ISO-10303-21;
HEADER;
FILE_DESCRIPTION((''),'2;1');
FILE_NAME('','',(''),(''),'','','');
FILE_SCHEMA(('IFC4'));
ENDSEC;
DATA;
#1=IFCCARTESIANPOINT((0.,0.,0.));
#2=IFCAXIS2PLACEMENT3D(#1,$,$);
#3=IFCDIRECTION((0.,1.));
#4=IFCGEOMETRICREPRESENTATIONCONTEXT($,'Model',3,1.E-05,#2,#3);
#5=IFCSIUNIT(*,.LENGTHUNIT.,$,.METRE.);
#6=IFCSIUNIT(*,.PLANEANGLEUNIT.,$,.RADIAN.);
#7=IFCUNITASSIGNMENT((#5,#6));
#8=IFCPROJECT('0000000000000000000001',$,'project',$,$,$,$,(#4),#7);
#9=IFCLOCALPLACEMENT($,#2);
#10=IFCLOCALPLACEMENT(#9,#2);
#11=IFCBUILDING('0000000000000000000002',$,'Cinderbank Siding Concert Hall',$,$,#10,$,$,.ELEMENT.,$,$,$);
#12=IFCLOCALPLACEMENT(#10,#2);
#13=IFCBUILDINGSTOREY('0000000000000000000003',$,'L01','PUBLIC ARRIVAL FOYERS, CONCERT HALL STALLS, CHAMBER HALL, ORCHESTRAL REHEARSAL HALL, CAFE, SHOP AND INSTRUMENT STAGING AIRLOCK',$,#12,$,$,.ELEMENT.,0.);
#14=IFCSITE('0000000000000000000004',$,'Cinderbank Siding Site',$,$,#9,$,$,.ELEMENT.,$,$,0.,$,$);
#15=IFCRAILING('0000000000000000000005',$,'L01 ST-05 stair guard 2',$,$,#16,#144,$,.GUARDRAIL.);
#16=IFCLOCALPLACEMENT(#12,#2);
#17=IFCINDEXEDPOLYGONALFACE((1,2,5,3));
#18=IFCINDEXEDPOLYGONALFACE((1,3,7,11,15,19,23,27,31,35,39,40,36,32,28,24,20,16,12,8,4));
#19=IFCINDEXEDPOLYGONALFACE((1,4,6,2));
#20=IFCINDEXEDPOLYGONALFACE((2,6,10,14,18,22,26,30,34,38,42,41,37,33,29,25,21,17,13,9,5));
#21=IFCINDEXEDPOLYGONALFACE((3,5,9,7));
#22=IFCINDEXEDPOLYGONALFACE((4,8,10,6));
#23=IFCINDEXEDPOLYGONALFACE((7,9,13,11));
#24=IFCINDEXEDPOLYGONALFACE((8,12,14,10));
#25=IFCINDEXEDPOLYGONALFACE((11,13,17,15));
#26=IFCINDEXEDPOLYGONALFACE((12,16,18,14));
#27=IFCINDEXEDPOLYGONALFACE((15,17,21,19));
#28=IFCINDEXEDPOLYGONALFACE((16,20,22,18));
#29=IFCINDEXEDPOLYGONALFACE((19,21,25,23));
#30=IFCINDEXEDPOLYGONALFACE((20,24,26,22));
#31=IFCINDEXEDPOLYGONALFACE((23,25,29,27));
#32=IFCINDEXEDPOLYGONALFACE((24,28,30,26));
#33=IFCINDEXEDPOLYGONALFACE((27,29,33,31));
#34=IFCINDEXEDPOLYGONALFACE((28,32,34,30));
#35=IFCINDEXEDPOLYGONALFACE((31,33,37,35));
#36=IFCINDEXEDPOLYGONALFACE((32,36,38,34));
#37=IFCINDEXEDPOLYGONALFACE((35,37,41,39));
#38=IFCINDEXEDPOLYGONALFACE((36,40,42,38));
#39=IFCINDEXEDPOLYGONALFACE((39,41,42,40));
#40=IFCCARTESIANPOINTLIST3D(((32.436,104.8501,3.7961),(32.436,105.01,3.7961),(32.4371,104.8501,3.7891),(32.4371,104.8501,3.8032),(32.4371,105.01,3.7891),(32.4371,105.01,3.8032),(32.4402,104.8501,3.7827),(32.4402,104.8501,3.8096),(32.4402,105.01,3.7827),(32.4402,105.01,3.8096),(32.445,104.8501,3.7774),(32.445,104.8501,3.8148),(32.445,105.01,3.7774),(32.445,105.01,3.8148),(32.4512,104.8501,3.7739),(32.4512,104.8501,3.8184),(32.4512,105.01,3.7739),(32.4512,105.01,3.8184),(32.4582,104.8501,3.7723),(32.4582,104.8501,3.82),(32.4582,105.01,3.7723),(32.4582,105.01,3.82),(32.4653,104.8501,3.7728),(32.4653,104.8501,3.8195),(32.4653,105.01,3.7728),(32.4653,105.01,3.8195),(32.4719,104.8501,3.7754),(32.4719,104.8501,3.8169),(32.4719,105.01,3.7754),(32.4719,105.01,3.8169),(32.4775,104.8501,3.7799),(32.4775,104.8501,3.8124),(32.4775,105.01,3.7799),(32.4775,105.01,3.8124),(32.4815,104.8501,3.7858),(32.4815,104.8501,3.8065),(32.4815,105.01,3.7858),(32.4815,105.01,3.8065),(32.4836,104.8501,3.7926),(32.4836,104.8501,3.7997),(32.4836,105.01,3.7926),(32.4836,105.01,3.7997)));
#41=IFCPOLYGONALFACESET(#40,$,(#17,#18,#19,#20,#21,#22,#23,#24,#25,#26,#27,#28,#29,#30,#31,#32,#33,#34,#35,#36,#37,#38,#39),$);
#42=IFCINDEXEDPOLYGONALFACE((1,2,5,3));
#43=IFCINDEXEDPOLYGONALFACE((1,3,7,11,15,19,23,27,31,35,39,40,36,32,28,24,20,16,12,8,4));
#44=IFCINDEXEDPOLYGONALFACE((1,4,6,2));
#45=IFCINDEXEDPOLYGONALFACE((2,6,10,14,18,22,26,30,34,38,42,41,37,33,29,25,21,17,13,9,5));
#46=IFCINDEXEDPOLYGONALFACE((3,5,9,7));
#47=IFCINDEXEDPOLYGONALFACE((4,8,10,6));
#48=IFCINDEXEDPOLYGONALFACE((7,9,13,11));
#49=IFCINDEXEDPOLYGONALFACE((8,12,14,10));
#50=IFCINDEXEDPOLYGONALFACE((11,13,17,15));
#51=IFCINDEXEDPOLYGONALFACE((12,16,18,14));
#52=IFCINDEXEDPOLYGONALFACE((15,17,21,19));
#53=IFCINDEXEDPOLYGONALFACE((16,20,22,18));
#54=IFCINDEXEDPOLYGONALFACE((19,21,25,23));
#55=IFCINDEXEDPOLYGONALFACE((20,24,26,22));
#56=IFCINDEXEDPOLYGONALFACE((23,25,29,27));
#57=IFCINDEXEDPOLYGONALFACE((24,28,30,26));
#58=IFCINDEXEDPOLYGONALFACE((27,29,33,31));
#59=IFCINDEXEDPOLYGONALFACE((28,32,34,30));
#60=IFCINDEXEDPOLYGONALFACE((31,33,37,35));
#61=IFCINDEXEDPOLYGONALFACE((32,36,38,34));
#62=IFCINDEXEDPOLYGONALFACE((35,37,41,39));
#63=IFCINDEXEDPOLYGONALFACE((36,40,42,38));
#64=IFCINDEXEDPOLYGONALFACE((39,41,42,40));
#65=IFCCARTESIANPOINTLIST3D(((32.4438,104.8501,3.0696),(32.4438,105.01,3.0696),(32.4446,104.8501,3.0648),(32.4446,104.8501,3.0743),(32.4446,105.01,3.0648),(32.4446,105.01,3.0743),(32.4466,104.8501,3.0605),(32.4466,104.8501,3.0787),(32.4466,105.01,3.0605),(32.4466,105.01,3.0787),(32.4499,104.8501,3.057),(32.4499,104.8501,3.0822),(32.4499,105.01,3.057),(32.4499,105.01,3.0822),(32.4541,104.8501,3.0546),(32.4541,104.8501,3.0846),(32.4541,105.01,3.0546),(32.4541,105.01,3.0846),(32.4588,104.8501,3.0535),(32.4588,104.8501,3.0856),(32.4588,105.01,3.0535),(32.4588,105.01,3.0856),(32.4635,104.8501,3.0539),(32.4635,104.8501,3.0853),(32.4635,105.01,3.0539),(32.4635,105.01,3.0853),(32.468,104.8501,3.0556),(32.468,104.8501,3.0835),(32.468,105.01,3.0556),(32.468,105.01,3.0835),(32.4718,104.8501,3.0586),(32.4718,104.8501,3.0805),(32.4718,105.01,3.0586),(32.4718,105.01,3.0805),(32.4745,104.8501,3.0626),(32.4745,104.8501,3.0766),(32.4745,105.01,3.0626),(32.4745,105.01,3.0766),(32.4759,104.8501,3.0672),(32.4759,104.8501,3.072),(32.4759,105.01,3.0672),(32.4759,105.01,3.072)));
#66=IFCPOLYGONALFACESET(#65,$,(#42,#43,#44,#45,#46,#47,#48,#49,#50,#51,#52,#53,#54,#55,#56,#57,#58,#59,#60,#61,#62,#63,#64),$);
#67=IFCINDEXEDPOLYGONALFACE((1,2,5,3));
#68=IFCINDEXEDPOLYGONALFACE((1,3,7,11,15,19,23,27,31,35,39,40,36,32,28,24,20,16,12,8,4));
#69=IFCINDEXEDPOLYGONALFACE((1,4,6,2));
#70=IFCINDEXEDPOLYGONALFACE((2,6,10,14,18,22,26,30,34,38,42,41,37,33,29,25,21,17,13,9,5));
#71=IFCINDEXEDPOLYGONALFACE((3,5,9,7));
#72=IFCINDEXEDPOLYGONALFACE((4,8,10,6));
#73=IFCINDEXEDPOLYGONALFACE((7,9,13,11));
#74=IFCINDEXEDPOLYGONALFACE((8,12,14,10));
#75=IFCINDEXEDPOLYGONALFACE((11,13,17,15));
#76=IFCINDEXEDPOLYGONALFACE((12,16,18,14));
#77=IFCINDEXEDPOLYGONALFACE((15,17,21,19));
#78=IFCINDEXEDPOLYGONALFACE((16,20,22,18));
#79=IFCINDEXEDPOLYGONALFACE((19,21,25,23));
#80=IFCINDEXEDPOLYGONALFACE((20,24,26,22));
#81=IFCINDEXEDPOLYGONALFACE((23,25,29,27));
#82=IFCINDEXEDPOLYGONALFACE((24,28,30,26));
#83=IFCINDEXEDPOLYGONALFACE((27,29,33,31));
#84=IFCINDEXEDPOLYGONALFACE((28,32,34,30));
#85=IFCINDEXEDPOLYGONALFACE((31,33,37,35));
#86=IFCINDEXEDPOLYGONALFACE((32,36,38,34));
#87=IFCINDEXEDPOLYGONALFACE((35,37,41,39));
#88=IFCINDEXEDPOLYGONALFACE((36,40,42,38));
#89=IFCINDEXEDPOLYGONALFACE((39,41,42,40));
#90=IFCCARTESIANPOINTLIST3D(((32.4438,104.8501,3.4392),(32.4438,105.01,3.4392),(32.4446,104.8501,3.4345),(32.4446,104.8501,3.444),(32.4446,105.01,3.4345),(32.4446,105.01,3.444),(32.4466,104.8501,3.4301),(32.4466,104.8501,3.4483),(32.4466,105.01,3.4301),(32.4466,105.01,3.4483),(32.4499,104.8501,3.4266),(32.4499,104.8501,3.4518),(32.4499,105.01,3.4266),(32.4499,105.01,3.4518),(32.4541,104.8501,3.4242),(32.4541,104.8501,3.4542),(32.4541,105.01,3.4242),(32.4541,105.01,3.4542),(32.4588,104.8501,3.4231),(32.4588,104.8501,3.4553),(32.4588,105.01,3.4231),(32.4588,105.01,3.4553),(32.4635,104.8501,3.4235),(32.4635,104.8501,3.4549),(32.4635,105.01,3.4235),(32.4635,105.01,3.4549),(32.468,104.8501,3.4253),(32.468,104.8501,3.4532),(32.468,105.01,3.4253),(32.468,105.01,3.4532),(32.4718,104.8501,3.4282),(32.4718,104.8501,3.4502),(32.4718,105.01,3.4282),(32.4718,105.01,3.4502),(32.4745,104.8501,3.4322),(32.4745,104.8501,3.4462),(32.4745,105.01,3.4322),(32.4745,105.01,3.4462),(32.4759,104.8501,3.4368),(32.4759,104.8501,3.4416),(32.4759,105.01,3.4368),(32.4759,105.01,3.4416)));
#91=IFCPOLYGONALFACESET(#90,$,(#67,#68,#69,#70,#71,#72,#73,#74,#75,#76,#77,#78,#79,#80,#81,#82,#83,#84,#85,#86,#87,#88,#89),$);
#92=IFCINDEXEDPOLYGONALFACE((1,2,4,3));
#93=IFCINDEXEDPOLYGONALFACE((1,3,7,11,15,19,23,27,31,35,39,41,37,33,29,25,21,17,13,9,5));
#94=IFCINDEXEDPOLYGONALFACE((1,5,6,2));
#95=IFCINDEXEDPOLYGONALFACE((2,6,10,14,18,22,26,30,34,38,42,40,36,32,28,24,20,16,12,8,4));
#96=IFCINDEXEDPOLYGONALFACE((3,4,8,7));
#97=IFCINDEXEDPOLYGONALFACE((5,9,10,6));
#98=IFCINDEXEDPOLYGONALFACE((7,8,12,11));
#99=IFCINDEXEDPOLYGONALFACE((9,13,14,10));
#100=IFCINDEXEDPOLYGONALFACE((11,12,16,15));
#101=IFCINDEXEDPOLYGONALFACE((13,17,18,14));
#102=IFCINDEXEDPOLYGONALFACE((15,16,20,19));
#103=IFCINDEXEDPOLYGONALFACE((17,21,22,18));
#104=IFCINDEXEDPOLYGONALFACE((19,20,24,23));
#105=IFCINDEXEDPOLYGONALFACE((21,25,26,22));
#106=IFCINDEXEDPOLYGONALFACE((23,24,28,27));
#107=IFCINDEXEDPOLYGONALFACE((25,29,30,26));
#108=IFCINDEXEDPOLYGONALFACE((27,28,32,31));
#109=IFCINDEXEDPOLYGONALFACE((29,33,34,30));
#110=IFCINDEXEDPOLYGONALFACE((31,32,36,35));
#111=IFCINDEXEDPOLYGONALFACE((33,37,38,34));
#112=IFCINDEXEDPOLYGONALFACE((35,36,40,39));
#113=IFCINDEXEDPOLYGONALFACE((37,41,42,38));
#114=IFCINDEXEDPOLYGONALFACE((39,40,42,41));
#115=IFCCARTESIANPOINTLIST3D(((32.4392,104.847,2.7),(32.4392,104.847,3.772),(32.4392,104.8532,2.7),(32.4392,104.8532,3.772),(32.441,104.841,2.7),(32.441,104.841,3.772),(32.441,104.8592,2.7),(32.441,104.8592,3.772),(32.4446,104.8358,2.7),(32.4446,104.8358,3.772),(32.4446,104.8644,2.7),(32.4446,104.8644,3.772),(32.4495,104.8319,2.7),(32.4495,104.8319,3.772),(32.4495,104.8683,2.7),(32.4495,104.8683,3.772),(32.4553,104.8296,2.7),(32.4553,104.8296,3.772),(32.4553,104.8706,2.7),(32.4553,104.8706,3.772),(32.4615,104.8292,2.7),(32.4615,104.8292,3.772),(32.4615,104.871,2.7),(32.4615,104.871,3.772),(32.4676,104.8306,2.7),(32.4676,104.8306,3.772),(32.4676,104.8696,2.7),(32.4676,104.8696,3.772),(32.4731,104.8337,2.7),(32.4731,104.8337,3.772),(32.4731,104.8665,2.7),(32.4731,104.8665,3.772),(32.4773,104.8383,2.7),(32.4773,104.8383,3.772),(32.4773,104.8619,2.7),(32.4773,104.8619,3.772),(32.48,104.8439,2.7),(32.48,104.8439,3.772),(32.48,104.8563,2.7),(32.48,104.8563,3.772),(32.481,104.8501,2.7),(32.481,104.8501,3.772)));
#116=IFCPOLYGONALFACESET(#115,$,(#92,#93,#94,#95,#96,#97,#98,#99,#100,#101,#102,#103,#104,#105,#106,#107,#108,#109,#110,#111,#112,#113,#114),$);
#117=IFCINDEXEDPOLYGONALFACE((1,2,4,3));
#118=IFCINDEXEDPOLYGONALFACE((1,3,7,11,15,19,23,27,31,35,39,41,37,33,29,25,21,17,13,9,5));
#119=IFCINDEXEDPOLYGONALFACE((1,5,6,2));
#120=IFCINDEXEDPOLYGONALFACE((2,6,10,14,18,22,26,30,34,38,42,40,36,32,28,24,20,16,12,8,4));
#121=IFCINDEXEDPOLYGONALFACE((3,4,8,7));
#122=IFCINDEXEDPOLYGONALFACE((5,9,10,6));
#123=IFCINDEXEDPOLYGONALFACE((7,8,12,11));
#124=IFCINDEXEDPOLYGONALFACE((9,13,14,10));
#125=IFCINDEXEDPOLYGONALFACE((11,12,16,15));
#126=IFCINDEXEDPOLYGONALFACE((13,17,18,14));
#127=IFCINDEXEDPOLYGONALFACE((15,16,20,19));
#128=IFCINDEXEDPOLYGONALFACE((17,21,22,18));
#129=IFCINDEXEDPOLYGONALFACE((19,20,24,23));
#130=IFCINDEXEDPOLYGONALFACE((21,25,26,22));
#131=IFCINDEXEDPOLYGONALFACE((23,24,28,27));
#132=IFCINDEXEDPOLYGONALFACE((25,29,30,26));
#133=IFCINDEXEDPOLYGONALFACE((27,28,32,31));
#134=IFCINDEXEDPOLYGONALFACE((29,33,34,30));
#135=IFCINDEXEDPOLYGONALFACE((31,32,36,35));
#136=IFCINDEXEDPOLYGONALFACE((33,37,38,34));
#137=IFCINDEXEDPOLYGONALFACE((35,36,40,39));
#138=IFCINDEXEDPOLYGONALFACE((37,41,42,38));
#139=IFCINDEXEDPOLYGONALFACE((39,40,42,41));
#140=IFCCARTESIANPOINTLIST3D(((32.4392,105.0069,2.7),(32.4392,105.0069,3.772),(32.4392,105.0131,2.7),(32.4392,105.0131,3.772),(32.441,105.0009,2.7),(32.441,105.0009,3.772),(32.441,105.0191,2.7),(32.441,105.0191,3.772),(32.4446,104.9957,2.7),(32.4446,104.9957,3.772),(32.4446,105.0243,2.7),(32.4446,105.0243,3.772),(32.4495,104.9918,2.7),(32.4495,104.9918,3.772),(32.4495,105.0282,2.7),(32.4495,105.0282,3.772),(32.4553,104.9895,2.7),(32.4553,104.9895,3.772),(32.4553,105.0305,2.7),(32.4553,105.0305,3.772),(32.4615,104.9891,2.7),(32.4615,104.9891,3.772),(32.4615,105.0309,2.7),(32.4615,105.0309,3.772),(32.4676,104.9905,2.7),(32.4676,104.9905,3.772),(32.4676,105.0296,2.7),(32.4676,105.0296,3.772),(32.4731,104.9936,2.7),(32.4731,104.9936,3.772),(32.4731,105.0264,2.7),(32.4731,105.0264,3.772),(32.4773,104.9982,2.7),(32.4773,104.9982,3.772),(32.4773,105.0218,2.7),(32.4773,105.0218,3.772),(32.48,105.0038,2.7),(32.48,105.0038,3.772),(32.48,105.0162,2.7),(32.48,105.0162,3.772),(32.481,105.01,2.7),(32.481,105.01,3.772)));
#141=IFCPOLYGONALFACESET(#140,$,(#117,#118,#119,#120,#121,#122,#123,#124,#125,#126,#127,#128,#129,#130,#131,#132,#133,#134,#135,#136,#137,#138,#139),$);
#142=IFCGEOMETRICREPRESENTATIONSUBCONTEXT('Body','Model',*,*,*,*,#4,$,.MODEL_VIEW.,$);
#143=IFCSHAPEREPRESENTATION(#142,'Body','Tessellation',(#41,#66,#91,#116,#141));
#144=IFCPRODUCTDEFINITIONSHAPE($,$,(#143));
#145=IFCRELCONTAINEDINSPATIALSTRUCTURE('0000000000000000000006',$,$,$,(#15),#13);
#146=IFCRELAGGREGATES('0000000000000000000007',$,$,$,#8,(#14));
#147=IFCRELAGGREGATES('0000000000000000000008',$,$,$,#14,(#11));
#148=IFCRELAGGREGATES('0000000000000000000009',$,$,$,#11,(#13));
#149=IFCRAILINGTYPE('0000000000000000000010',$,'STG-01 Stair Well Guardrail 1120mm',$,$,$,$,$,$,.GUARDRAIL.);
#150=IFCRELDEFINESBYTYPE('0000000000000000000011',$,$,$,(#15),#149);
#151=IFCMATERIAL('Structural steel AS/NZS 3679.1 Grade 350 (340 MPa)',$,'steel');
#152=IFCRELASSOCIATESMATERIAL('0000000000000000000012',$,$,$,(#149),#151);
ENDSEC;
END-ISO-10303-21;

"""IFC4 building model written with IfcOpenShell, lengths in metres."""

from ifc_helpers import new_model, si_unit, direction, frame, origin, origin_2d, place, context, subcontext, project, spatial, circle, extrude, material, type_object, element, save


model = new_model("IFC4")

# Units and contexts
model_context = context("Model", 3, precision=1e-05, world=origin(), true_north=direction((0.0, 1.0)))
body_context = subcontext(model_context, "Body", "Model", "MODEL_VIEW")
ifc_project = project(units=[si_unit("LENGTHUNIT", "METRE"), si_unit("PLANEANGLEUNIT", "RADIAN")], contexts=[model_context])

# Site, building, storey
site_placement = place(None, origin())
site = spatial("IfcSite", under=ifc_project, at=site_placement, Name="Cinderbank Siding Site", CompositionType="ELEMENT", RefElevation=0.0)
building_placement = place(site_placement, origin())
building = spatial("IfcBuilding", under=site, at=building_placement, Name="Cinderbank Siding Concert Hall", CompositionType="ELEMENT")
storey_placement = place(building_placement, origin())
storey = spatial("IfcBuildingStorey", under=building, at=storey_placement, Name="L01", Description="PUBLIC ARRIVAL FOYERS, CONCERT HALL STALLS, CHAMBER HALL, ORCHESTRAL REHEARSAL HALL, CAFE, SHOP AND INSTRUMENT STAGING AIRLOCK", CompositionType="ELEMENT", Elevation=0.0)

# Shared definitions
ifc_material_1 = material(Name="Structural steel AS/NZS 3679.1 Grade 350 (340 MPa)", Category="steel")

# Railing
railing_type_1 = type_object("IfcRailingType", Name="STG-01 Stair Well Guardrail 1120mm", PredefinedType="GUARDRAIL", material=ifc_material_1)
railing_1_placement = place(storey_placement, frame((32.46, 104.8501, 2.7)))
element("IfcRailing", 1, at=railing_1_placement, inside=storey, type_object=railing_type_1, Name="L01 ST-05 stair guard 2", PredefinedType="GUARDRAIL", context=body_context, shape_type="SweptSolid", body=[
    extrude(circle(Radius=0.0239, at=origin_2d()), frame((0.0, 0.0, 1.0962), z_axis=(0.0, 1.0, 0.0), x_axis=(-1.0, 0.0, 0.0)), (0.0, 0.0, 1.0), 0.1599),
    extrude(circle(Radius=0.0161, at=origin_2d()), frame((0.0, 0.0, 0.3696), z_axis=(0.0, 1.0, 0.0), x_axis=(-1.0, 0.0, 0.0)), (0.0, 0.0, 1.0), 0.1599),
    extrude(circle(Radius=0.0161, at=origin_2d()), frame((0.0, 0.0, 0.7393), z_axis=(0.0, 1.0, 0.0), x_axis=(-1.0, 0.0, 0.0)), (0.0, 0.0, 1.0), 0.1599),
    extrude(circle(Radius=0.021, at=origin_2d()), origin(), (0.0, 0.0, 1.0), 1.072),
    extrude(circle(Radius=0.021, at=origin_2d()), frame((0.0, 0.1599, 0.0)), (0.0, 0.0, 1.0), 1.072),
])

save(model, "model.ifc")
